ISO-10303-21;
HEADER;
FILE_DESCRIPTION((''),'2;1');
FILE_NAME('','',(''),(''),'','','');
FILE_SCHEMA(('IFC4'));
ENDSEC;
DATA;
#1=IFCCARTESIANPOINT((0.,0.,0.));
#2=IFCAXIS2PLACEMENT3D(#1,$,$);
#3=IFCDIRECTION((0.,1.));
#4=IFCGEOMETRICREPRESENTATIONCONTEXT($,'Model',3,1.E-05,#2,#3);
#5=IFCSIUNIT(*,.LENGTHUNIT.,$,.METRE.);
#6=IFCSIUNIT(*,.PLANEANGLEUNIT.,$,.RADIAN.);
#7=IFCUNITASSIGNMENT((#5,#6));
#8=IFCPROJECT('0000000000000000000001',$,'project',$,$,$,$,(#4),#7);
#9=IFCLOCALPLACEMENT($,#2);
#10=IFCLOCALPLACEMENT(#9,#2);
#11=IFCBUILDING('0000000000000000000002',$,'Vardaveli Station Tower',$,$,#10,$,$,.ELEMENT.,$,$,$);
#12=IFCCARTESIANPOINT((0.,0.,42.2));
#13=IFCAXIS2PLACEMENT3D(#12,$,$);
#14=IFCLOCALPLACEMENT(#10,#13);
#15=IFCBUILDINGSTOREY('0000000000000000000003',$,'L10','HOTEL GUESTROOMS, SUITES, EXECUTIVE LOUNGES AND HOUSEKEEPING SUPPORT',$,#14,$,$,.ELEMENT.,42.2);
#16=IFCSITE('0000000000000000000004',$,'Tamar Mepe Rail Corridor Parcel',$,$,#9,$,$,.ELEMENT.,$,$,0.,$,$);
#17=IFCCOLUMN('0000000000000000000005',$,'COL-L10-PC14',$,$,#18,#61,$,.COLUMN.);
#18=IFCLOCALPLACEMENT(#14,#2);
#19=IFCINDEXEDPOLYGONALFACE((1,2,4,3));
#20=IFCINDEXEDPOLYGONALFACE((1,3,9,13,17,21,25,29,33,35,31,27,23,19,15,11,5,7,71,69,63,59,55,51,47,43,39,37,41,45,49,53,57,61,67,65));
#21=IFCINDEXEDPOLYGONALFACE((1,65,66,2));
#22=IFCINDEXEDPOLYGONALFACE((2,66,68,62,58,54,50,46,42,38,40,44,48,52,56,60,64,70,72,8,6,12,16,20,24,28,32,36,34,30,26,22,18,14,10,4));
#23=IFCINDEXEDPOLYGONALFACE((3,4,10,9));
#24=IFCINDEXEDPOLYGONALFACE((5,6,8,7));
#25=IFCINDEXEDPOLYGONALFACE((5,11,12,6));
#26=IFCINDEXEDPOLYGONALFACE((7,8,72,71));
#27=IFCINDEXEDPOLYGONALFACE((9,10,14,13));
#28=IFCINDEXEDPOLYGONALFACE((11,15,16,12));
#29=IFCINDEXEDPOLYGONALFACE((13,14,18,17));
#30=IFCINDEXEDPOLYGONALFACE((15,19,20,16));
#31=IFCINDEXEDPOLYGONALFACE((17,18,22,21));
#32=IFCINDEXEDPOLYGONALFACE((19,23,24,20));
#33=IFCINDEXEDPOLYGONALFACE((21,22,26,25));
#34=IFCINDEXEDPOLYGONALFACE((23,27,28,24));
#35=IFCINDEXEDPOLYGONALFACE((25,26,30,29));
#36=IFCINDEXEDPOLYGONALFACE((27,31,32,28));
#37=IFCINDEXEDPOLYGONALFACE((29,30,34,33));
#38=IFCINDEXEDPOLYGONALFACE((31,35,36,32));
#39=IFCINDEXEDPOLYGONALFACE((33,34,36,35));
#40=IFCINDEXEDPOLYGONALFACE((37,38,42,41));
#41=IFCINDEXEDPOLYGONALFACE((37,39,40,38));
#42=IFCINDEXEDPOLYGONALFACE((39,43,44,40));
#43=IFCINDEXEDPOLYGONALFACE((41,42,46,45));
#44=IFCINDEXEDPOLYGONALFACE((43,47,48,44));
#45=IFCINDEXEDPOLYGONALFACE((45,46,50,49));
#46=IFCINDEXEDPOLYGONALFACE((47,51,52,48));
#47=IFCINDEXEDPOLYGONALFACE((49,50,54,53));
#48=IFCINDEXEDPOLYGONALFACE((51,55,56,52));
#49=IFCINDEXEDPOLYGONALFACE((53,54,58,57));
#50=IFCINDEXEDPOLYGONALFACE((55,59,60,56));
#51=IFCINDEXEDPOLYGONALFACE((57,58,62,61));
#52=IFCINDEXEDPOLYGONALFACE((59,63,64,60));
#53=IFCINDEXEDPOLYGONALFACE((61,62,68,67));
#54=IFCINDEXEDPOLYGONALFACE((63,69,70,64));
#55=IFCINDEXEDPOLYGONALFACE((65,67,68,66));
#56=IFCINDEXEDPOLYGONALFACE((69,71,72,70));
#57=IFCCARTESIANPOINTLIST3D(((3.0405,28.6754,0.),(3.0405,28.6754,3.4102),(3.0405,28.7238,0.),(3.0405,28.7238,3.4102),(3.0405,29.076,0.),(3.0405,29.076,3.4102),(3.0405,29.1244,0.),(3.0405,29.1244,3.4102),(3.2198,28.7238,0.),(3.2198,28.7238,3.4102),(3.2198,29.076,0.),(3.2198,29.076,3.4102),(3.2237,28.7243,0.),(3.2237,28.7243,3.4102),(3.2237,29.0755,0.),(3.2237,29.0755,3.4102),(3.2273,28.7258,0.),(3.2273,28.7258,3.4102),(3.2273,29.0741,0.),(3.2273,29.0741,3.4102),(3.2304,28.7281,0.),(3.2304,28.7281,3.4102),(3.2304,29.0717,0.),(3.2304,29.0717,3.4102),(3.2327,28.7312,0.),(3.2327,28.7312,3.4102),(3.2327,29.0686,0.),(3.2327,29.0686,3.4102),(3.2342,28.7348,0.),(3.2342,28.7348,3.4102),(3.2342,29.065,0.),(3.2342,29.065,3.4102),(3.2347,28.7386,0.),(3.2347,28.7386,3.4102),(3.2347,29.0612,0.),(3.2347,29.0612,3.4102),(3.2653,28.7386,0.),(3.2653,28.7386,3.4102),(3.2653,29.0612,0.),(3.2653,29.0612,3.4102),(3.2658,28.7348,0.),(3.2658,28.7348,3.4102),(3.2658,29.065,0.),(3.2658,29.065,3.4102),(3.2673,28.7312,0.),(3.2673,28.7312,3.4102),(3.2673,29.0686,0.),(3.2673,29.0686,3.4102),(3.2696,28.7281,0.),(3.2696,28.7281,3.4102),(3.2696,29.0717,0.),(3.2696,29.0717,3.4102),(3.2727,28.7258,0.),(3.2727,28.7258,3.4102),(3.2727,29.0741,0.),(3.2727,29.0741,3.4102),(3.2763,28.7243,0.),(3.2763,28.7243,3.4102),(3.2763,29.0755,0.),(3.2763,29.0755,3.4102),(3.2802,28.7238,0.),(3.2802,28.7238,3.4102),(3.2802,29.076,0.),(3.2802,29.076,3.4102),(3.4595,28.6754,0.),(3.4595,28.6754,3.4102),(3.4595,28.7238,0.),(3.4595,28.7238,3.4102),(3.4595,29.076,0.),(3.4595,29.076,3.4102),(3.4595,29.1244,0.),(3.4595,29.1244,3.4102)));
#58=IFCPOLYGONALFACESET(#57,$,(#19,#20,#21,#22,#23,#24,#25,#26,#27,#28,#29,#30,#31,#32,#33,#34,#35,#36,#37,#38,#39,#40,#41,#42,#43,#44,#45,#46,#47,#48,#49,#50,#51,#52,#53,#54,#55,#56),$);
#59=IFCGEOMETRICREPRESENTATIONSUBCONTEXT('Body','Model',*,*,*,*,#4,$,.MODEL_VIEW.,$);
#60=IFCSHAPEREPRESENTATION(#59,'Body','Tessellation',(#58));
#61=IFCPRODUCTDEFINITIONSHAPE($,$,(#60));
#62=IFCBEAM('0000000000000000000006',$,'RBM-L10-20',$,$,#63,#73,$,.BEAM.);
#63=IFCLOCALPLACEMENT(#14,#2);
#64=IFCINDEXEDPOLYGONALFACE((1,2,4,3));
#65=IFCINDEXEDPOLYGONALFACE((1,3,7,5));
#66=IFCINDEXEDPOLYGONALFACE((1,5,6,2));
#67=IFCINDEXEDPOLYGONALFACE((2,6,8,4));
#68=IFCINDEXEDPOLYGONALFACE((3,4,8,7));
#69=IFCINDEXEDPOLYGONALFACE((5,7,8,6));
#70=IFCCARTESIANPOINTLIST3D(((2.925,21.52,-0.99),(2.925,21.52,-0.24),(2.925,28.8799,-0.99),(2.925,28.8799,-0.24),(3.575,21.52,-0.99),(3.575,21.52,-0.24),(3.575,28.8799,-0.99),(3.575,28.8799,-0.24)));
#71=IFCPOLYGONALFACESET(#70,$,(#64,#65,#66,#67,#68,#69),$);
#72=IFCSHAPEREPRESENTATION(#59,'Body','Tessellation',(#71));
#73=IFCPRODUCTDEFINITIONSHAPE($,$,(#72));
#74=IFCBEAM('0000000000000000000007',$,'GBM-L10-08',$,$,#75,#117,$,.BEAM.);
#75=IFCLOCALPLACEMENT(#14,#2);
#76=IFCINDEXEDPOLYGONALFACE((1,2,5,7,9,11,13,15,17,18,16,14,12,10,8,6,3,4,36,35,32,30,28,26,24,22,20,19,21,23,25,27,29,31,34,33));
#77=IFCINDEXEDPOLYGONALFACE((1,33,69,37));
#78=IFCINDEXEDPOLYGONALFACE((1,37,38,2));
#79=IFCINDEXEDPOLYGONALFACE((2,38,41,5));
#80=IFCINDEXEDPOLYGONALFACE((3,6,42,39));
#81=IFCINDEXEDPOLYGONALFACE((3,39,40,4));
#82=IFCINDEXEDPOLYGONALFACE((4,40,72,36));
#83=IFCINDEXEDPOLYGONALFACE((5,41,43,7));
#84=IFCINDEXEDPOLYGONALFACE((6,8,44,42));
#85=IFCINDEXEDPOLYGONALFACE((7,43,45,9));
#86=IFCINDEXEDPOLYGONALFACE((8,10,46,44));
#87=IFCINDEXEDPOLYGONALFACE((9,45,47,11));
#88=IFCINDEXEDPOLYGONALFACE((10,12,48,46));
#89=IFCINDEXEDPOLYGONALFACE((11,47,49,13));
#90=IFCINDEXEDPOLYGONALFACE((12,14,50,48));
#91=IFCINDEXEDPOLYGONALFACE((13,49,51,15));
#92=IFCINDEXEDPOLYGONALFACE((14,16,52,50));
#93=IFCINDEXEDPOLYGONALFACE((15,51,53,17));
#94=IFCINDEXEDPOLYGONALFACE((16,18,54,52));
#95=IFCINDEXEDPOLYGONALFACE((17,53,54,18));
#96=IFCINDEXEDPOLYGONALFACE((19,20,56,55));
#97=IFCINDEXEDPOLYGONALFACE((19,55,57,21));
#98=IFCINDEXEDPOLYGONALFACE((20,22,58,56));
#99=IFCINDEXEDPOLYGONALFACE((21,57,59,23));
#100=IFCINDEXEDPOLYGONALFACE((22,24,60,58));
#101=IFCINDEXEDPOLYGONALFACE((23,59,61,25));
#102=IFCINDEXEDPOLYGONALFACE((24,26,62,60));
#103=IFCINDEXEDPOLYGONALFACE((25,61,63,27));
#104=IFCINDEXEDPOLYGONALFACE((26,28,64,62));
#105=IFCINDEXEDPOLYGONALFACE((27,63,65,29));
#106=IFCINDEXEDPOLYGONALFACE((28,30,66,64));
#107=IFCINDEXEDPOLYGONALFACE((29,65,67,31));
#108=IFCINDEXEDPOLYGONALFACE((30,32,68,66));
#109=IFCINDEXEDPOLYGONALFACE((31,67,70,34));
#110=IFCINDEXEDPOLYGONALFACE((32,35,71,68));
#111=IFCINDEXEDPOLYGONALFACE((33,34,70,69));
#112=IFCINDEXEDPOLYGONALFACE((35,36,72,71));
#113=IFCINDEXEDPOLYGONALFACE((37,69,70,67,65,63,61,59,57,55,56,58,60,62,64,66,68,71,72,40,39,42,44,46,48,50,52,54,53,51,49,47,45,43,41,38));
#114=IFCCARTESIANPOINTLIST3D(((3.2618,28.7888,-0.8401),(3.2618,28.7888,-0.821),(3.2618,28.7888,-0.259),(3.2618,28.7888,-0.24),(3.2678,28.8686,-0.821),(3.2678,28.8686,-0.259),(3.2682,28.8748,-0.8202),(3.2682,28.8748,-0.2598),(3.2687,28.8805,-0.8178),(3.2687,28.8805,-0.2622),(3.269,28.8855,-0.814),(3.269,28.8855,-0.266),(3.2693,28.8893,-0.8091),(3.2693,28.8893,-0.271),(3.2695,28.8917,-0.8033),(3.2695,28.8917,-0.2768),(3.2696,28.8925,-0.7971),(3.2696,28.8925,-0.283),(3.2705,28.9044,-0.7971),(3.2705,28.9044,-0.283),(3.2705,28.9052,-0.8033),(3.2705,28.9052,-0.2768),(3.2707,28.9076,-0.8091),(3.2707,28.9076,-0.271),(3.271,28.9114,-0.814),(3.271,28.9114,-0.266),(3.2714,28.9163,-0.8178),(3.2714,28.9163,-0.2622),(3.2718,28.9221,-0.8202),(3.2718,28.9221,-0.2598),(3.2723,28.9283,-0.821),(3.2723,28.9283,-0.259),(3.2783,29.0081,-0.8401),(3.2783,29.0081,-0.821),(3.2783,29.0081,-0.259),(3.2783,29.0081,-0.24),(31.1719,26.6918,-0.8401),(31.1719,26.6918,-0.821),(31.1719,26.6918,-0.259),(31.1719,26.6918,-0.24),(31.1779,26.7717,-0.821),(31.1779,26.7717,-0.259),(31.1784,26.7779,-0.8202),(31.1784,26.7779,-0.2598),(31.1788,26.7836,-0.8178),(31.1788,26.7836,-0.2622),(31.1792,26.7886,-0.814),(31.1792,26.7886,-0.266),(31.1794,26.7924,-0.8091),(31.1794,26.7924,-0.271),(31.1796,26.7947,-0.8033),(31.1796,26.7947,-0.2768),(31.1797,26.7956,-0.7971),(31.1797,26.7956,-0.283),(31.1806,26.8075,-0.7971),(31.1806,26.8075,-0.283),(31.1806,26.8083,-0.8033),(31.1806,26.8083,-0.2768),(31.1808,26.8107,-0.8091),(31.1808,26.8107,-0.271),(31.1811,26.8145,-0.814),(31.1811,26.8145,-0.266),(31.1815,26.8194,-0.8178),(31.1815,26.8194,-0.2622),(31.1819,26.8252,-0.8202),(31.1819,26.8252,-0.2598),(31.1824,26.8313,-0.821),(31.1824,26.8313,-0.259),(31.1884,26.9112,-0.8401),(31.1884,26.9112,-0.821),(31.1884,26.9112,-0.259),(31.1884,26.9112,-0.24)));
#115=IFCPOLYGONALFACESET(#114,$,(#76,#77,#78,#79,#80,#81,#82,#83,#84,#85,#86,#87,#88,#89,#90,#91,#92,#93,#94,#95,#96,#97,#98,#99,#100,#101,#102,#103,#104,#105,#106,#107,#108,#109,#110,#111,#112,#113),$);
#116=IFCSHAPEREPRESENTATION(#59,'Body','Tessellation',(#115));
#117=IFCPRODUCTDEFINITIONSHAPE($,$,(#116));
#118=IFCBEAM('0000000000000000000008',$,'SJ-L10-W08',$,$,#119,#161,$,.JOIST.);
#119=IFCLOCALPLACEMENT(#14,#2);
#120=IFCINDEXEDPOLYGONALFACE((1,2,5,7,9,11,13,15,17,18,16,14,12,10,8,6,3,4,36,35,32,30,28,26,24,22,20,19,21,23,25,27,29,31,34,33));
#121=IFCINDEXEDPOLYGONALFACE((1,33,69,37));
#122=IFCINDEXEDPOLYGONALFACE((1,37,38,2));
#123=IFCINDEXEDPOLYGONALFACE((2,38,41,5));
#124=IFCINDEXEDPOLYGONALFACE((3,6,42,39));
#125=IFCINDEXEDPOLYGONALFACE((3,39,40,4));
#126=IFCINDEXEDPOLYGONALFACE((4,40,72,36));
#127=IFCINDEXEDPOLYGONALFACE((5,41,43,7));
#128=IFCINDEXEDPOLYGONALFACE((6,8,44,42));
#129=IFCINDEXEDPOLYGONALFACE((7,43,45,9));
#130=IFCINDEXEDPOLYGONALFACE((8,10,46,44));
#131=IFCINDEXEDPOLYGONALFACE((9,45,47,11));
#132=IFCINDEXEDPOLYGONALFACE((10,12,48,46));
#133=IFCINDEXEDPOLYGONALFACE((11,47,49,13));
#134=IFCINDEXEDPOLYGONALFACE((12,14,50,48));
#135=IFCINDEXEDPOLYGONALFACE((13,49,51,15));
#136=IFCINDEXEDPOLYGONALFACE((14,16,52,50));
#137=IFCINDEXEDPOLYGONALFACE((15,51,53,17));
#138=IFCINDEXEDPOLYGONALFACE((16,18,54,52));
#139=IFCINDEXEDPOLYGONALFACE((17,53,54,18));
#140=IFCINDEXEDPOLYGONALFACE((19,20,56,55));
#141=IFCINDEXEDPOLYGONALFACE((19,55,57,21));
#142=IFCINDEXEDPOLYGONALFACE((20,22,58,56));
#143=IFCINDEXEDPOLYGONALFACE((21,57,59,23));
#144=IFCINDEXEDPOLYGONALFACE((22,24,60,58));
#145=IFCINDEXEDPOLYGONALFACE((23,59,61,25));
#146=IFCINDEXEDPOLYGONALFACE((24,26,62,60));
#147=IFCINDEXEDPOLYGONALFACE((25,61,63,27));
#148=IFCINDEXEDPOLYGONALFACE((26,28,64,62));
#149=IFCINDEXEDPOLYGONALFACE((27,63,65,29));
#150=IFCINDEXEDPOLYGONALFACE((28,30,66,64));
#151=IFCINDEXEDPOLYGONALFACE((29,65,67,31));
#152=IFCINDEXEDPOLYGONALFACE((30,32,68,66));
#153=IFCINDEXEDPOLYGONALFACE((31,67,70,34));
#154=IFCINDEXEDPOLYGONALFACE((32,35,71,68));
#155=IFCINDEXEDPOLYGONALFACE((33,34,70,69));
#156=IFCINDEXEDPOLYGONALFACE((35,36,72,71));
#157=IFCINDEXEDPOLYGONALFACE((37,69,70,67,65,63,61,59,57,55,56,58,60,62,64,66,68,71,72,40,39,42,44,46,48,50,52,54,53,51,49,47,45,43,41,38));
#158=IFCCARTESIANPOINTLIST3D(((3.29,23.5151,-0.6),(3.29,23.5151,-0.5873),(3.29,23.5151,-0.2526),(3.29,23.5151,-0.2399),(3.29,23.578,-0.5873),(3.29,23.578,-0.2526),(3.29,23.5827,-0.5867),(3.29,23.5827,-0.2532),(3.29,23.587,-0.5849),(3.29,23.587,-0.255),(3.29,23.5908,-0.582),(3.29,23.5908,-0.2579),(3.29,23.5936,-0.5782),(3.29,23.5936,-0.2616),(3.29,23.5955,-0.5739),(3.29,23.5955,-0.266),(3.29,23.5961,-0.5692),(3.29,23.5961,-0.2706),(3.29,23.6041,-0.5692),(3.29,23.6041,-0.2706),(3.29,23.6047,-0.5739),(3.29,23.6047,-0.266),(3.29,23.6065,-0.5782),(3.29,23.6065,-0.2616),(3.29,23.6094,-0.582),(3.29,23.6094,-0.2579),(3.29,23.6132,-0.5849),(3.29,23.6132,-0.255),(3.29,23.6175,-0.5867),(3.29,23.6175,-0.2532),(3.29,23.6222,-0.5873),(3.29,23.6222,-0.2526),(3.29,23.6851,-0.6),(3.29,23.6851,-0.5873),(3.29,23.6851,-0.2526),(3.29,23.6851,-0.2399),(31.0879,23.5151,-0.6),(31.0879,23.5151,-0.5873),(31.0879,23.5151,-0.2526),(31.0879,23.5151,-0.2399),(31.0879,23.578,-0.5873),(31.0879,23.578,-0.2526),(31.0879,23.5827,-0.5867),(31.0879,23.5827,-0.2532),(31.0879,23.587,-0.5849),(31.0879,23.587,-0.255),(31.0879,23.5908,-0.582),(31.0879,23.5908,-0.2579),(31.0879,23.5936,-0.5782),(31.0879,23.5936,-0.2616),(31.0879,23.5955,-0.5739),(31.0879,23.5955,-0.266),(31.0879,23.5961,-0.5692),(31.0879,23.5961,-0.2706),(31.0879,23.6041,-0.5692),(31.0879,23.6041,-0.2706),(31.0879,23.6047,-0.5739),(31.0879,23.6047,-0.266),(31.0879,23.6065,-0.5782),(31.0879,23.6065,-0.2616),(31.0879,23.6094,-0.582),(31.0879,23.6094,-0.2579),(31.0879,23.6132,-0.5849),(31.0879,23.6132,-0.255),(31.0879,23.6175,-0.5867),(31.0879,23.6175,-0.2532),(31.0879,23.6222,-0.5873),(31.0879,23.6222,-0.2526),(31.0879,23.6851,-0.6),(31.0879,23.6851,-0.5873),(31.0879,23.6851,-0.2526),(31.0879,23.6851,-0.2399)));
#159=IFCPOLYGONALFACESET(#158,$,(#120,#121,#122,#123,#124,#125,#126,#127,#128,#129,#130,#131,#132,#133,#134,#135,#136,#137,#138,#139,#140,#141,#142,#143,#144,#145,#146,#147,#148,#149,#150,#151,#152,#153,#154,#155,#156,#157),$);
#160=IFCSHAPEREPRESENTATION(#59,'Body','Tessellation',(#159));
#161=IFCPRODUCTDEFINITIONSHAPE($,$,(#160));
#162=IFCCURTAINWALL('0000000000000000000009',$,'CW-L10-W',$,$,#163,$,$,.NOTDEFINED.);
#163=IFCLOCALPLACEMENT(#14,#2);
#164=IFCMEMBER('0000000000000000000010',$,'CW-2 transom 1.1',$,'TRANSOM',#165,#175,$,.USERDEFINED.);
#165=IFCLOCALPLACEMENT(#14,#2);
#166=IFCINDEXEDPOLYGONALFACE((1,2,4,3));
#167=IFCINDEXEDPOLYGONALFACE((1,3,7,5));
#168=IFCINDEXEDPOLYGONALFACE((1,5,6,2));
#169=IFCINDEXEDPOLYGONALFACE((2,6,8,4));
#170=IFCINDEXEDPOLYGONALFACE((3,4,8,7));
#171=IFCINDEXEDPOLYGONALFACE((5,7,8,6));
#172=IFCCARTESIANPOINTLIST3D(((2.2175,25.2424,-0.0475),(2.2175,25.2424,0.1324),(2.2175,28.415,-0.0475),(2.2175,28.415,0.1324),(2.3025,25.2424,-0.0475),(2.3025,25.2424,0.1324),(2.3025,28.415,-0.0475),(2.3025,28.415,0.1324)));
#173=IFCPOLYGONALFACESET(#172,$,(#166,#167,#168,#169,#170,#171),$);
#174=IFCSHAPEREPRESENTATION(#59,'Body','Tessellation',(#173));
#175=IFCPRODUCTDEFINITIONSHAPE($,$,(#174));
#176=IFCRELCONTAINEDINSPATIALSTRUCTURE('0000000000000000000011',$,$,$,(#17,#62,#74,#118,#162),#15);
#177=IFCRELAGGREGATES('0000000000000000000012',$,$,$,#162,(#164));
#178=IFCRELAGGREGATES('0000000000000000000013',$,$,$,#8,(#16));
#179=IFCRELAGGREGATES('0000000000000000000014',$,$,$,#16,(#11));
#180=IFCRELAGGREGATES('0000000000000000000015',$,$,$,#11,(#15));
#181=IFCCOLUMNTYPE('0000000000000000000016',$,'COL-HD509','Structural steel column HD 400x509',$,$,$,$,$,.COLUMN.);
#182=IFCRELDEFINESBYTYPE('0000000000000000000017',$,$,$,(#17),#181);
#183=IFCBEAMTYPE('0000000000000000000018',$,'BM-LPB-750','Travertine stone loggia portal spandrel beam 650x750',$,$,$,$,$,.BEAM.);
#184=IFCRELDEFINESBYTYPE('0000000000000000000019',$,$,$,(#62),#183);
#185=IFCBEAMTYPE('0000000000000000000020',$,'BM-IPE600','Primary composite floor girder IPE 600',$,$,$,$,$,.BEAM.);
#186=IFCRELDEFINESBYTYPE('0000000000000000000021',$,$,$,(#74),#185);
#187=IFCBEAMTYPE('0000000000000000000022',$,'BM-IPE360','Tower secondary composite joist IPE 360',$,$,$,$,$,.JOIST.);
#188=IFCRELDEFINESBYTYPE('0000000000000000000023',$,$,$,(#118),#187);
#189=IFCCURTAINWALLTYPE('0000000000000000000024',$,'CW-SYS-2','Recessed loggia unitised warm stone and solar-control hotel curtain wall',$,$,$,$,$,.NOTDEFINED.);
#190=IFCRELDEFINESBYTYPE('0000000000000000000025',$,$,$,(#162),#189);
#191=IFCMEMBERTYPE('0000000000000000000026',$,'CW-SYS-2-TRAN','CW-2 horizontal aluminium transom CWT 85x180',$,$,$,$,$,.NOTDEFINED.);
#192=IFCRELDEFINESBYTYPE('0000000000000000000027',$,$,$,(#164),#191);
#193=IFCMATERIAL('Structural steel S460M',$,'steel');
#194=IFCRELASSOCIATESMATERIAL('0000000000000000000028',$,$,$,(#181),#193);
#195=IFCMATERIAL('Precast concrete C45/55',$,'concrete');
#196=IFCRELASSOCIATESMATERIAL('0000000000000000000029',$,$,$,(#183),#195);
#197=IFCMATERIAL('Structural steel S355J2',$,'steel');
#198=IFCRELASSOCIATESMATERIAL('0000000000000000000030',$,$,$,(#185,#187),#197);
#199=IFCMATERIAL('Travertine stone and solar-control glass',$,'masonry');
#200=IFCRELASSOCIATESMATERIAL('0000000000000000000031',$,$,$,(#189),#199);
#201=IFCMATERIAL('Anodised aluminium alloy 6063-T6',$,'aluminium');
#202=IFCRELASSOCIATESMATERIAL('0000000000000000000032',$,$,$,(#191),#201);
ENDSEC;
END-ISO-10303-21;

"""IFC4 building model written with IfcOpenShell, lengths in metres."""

from ifc_helpers import new_model, si_unit, direction, frame, origin, origin_2d, place, context, subcontext, project, spatial, rectangle, i_section, extrude, source, transform, mapped, material, material_profile, profile_set, type_object, element, aggregate, save


model = new_model("IFC4")

# Units and contexts
model_context = context("Model", 3, precision=1e-05, world=origin(), true_north=direction((0.0, 1.0)))
body_context = subcontext(model_context, "Body", "Model", "MODEL_VIEW")
ifc_project = project(units=[si_unit("LENGTHUNIT", "METRE"), si_unit("PLANEANGLEUNIT", "RADIAN")], contexts=[model_context])

# Site, building, storey
site_placement = place(None, origin())
site = spatial("IfcSite", under=ifc_project, at=site_placement, Name="Tamar Mepe Rail Corridor Parcel", CompositionType="ELEMENT", RefElevation=0.0)
building_placement = place(site_placement, origin())
building = spatial("IfcBuilding", under=site, at=building_placement, Name="Vardaveli Station Tower", CompositionType="ELEMENT")
storey_placement = place(building_placement, frame((0.0, 0.0, 42.2)))
storey = spatial("IfcBuildingStorey", under=building, at=storey_placement, Name="L10", Description="HOTEL GUESTROOMS, SUITES, EXECUTIVE LOUNGES AND HOUSEKEEPING SUPPORT", CompositionType="ELEMENT", Elevation=42.2)

# Column
ifc_material_1 = material(Name="Structural steel S460M", Category="steel")
ifc_material_profile_1 = material_profile(ifc_material_1, i_section(OverallWidth=0.4189, OverallDepth=0.449, WebThickness=0.0305, FlangeThickness=0.0483, FilletRadius=0.0149, at=origin_2d()), Name="HD 400x509")
ifc_profile_set_1 = profile_set([ifc_material_profile_1], Name="Structural steel S460M")
column_type = type_object("IfcColumnType", Name="COL-HD509", Description="Structural steel column HD 400x509", PredefinedType="COLUMN", material=ifc_profile_set_1)
shared_shape_1 = source(origin(), body_context, "Body", "SweptSolid", [
    extrude(i_section(OverallWidth=0.4189, OverallDepth=0.449, WebThickness=0.0305, FlangeThickness=0.0483, FilletRadius=0.0149, at=origin_2d()), origin(), (0.0, 0.0, 1.0), 3.4102),
])
column_placement = place(storey_placement, frame((3.25, 28.8999, 0.0), z_axis=(0.0, 0.0, 1.0), x_axis=(1.0, 0.0, 0.0)))
element("IfcColumn", 1, at=column_placement, inside=storey, type_object=column_type, Name="COL-L10-PC14", PredefinedType="COLUMN", context=body_context, shape_type="MappedRepresentation", body=[
    mapped(shared_shape_1, transform((0.0, 0.0, 0.0), scale=1.0)),
])

# Beams
ifc_material_2 = material(Name="Precast concrete C45/55", Category="concrete")
ifc_material_profile_2 = material_profile(ifc_material_2, rectangle(XDim=0.6499, YDim=0.75, at=origin_2d()), Name="LPB 650x750")
ifc_profile_set_2 = profile_set([ifc_material_profile_2], Name="Precast concrete C45/55")
beam_type_1 = type_object("IfcBeamType", Name="BM-LPB-750", Description="Travertine stone loggia portal spandrel beam 650x750", PredefinedType="BEAM", material=ifc_profile_set_2)
shared_shape_2 = source(origin(), body_context, "Body", "SweptSolid", [
    extrude(rectangle(XDim=0.6499, YDim=0.75, at=origin_2d()), origin(), (0.0, 0.0, 1.0), 7.3599),
])
beam_1_placement = place(storey_placement, frame((3.25, 28.8799, -0.615), z_axis=(0.0, -1.0, 0.0), x_axis=(1.0, 0.0, 0.0)))
element("IfcBeam", 2, at=beam_1_placement, inside=storey, type_object=beam_type_1, Name="RBM-L10-20", PredefinedType="BEAM", context=body_context, shape_type="MappedRepresentation", body=[
    mapped(shared_shape_2, transform((0.0, 0.0, 0.0), scale=1.0)),
])
ifc_material_3 = material(Name="Structural steel S355J2", Category="steel")
ifc_material_profile_3 = material_profile(ifc_material_3, i_section(OverallWidth=0.22, OverallDepth=0.6001, WebThickness=0.012, FlangeThickness=0.019, FilletRadius=0.0239, at=origin_2d()), Name="IPE 600")
ifc_profile_set_3 = profile_set([ifc_material_profile_3], Name="Structural steel S355J2")
beam_type_2 = type_object("IfcBeamType", Name="BM-IPE600", Description="Primary composite floor girder IPE 600", PredefinedType="BEAM", material=ifc_profile_set_3)
shared_shape_3 = source(origin(), body_context, "Body", "SweptSolid", [
    extrude(i_section(OverallWidth=0.22, OverallDepth=0.6001, WebThickness=0.012, FlangeThickness=0.019, FilletRadius=0.0239, at=origin_2d()), origin(), (0.0, 0.0, 1.0), 27.9888),
])
beam_2_placement = place(storey_placement, frame((3.27, 28.8984, -0.54), z_axis=(0.99719, -0.07492, 0.0), x_axis=(0.07492, 0.99719, 0.0)))
element("IfcBeam", 3, at=beam_2_placement, inside=storey, type_object=beam_type_2, Name="GBM-L10-08", PredefinedType="BEAM", context=body_context, shape_type="MappedRepresentation", body=[
    mapped(shared_shape_3, transform((0.0, 0.0, 0.0), scale=1.0)),
])
ifc_material_profile_4 = material_profile(ifc_material_3, i_section(OverallWidth=0.1699, OverallDepth=0.3601, WebThickness=0.0081, FlangeThickness=0.0127, FilletRadius=0.0181, at=origin_2d()), Name="IPE 360")
ifc_profile_set_4 = profile_set([ifc_material_profile_4], Name="Structural steel S355J2")
beam_type_3 = type_object("IfcBeamType", Name="BM-IPE360", Description="Tower secondary composite joist IPE 360", PredefinedType="JOIST", material=ifc_profile_set_4)
shared_shape_4 = source(origin(), body_context, "Body", "SweptSolid", [
    extrude(i_section(OverallWidth=0.1699, OverallDepth=0.3601, WebThickness=0.0081, FlangeThickness=0.0127, FilletRadius=0.0181, at=origin_2d()), origin(), (0.0, 0.0, 1.0), 27.7979),
])
beam_3_placement = place(storey_placement, frame((3.29, 23.6001, -0.4199), z_axis=(1.0, 0.0, 0.0), x_axis=(0.0, 1.0, 0.0)))
element("IfcBeam", 4, at=beam_3_placement, inside=storey, type_object=beam_type_3, Name="SJ-L10-W08", PredefinedType="JOIST", context=body_context, shape_type="MappedRepresentation", body=[
    mapped(shared_shape_4, transform((0.0, 0.0, 0.0), scale=1.0)),
])

# Curtain wall, member
ifc_material_4 = material(Name="Travertine stone and solar-control glass", Category="masonry")
curtain_wall_type = type_object("IfcCurtainWallType", Name="CW-SYS-2", Description="Recessed loggia unitised warm stone and solar-control hotel curtain wall", PredefinedType="NOTDEFINED", material=ifc_material_4)
curtain_wall_placement = place(storey_placement, origin())
curtain_wall = element("IfcCurtainWall", 5, at=curtain_wall_placement, inside=storey, type_object=curtain_wall_type, Name="CW-L10-W", PredefinedType="NOTDEFINED")
ifc_material_5 = material(Name="Anodised aluminium alloy 6063-T6", Category="aluminium")
ifc_material_profile_5 = material_profile(ifc_material_5, rectangle(XDim=0.085, YDim=0.1799, at=origin_2d()), Name="CWT 85x180")
ifc_profile_set_5 = profile_set([ifc_material_profile_5], Name="Anodised aluminium alloy 6063-T6")
member_type_1 = type_object("IfcMemberType", Name="CW-SYS-2-TRAN", Description="CW-2 horizontal aluminium transom CWT 85x180", PredefinedType="NOTDEFINED", material=ifc_profile_set_5)
shared_shape_5 = source(origin(), body_context, "Body", "SweptSolid", [
    extrude(rectangle(XDim=0.085, YDim=0.1799, at=origin_2d()), origin(), (0.0, 0.0, 1.0), 3.1726),
])
member_1_placement = place(storey_placement, frame((2.26, 28.415, 0.0425), z_axis=(0.0, -1.0, 0.0), x_axis=(1.0, 0.0, 0.0)))
member_1 = element("IfcMember", 6, at=member_1_placement, type_object=member_type_1, Name="CW-2 transom 1.1", ObjectType="TRANSOM", PredefinedType="USERDEFINED", context=body_context, shape_type="MappedRepresentation", body=[
    mapped(shared_shape_5, transform((0.0, 0.0, 0.0), scale=1.0)),
])
aggregate(curtain_wall, [member_1])

save(model, "model.ifc")
